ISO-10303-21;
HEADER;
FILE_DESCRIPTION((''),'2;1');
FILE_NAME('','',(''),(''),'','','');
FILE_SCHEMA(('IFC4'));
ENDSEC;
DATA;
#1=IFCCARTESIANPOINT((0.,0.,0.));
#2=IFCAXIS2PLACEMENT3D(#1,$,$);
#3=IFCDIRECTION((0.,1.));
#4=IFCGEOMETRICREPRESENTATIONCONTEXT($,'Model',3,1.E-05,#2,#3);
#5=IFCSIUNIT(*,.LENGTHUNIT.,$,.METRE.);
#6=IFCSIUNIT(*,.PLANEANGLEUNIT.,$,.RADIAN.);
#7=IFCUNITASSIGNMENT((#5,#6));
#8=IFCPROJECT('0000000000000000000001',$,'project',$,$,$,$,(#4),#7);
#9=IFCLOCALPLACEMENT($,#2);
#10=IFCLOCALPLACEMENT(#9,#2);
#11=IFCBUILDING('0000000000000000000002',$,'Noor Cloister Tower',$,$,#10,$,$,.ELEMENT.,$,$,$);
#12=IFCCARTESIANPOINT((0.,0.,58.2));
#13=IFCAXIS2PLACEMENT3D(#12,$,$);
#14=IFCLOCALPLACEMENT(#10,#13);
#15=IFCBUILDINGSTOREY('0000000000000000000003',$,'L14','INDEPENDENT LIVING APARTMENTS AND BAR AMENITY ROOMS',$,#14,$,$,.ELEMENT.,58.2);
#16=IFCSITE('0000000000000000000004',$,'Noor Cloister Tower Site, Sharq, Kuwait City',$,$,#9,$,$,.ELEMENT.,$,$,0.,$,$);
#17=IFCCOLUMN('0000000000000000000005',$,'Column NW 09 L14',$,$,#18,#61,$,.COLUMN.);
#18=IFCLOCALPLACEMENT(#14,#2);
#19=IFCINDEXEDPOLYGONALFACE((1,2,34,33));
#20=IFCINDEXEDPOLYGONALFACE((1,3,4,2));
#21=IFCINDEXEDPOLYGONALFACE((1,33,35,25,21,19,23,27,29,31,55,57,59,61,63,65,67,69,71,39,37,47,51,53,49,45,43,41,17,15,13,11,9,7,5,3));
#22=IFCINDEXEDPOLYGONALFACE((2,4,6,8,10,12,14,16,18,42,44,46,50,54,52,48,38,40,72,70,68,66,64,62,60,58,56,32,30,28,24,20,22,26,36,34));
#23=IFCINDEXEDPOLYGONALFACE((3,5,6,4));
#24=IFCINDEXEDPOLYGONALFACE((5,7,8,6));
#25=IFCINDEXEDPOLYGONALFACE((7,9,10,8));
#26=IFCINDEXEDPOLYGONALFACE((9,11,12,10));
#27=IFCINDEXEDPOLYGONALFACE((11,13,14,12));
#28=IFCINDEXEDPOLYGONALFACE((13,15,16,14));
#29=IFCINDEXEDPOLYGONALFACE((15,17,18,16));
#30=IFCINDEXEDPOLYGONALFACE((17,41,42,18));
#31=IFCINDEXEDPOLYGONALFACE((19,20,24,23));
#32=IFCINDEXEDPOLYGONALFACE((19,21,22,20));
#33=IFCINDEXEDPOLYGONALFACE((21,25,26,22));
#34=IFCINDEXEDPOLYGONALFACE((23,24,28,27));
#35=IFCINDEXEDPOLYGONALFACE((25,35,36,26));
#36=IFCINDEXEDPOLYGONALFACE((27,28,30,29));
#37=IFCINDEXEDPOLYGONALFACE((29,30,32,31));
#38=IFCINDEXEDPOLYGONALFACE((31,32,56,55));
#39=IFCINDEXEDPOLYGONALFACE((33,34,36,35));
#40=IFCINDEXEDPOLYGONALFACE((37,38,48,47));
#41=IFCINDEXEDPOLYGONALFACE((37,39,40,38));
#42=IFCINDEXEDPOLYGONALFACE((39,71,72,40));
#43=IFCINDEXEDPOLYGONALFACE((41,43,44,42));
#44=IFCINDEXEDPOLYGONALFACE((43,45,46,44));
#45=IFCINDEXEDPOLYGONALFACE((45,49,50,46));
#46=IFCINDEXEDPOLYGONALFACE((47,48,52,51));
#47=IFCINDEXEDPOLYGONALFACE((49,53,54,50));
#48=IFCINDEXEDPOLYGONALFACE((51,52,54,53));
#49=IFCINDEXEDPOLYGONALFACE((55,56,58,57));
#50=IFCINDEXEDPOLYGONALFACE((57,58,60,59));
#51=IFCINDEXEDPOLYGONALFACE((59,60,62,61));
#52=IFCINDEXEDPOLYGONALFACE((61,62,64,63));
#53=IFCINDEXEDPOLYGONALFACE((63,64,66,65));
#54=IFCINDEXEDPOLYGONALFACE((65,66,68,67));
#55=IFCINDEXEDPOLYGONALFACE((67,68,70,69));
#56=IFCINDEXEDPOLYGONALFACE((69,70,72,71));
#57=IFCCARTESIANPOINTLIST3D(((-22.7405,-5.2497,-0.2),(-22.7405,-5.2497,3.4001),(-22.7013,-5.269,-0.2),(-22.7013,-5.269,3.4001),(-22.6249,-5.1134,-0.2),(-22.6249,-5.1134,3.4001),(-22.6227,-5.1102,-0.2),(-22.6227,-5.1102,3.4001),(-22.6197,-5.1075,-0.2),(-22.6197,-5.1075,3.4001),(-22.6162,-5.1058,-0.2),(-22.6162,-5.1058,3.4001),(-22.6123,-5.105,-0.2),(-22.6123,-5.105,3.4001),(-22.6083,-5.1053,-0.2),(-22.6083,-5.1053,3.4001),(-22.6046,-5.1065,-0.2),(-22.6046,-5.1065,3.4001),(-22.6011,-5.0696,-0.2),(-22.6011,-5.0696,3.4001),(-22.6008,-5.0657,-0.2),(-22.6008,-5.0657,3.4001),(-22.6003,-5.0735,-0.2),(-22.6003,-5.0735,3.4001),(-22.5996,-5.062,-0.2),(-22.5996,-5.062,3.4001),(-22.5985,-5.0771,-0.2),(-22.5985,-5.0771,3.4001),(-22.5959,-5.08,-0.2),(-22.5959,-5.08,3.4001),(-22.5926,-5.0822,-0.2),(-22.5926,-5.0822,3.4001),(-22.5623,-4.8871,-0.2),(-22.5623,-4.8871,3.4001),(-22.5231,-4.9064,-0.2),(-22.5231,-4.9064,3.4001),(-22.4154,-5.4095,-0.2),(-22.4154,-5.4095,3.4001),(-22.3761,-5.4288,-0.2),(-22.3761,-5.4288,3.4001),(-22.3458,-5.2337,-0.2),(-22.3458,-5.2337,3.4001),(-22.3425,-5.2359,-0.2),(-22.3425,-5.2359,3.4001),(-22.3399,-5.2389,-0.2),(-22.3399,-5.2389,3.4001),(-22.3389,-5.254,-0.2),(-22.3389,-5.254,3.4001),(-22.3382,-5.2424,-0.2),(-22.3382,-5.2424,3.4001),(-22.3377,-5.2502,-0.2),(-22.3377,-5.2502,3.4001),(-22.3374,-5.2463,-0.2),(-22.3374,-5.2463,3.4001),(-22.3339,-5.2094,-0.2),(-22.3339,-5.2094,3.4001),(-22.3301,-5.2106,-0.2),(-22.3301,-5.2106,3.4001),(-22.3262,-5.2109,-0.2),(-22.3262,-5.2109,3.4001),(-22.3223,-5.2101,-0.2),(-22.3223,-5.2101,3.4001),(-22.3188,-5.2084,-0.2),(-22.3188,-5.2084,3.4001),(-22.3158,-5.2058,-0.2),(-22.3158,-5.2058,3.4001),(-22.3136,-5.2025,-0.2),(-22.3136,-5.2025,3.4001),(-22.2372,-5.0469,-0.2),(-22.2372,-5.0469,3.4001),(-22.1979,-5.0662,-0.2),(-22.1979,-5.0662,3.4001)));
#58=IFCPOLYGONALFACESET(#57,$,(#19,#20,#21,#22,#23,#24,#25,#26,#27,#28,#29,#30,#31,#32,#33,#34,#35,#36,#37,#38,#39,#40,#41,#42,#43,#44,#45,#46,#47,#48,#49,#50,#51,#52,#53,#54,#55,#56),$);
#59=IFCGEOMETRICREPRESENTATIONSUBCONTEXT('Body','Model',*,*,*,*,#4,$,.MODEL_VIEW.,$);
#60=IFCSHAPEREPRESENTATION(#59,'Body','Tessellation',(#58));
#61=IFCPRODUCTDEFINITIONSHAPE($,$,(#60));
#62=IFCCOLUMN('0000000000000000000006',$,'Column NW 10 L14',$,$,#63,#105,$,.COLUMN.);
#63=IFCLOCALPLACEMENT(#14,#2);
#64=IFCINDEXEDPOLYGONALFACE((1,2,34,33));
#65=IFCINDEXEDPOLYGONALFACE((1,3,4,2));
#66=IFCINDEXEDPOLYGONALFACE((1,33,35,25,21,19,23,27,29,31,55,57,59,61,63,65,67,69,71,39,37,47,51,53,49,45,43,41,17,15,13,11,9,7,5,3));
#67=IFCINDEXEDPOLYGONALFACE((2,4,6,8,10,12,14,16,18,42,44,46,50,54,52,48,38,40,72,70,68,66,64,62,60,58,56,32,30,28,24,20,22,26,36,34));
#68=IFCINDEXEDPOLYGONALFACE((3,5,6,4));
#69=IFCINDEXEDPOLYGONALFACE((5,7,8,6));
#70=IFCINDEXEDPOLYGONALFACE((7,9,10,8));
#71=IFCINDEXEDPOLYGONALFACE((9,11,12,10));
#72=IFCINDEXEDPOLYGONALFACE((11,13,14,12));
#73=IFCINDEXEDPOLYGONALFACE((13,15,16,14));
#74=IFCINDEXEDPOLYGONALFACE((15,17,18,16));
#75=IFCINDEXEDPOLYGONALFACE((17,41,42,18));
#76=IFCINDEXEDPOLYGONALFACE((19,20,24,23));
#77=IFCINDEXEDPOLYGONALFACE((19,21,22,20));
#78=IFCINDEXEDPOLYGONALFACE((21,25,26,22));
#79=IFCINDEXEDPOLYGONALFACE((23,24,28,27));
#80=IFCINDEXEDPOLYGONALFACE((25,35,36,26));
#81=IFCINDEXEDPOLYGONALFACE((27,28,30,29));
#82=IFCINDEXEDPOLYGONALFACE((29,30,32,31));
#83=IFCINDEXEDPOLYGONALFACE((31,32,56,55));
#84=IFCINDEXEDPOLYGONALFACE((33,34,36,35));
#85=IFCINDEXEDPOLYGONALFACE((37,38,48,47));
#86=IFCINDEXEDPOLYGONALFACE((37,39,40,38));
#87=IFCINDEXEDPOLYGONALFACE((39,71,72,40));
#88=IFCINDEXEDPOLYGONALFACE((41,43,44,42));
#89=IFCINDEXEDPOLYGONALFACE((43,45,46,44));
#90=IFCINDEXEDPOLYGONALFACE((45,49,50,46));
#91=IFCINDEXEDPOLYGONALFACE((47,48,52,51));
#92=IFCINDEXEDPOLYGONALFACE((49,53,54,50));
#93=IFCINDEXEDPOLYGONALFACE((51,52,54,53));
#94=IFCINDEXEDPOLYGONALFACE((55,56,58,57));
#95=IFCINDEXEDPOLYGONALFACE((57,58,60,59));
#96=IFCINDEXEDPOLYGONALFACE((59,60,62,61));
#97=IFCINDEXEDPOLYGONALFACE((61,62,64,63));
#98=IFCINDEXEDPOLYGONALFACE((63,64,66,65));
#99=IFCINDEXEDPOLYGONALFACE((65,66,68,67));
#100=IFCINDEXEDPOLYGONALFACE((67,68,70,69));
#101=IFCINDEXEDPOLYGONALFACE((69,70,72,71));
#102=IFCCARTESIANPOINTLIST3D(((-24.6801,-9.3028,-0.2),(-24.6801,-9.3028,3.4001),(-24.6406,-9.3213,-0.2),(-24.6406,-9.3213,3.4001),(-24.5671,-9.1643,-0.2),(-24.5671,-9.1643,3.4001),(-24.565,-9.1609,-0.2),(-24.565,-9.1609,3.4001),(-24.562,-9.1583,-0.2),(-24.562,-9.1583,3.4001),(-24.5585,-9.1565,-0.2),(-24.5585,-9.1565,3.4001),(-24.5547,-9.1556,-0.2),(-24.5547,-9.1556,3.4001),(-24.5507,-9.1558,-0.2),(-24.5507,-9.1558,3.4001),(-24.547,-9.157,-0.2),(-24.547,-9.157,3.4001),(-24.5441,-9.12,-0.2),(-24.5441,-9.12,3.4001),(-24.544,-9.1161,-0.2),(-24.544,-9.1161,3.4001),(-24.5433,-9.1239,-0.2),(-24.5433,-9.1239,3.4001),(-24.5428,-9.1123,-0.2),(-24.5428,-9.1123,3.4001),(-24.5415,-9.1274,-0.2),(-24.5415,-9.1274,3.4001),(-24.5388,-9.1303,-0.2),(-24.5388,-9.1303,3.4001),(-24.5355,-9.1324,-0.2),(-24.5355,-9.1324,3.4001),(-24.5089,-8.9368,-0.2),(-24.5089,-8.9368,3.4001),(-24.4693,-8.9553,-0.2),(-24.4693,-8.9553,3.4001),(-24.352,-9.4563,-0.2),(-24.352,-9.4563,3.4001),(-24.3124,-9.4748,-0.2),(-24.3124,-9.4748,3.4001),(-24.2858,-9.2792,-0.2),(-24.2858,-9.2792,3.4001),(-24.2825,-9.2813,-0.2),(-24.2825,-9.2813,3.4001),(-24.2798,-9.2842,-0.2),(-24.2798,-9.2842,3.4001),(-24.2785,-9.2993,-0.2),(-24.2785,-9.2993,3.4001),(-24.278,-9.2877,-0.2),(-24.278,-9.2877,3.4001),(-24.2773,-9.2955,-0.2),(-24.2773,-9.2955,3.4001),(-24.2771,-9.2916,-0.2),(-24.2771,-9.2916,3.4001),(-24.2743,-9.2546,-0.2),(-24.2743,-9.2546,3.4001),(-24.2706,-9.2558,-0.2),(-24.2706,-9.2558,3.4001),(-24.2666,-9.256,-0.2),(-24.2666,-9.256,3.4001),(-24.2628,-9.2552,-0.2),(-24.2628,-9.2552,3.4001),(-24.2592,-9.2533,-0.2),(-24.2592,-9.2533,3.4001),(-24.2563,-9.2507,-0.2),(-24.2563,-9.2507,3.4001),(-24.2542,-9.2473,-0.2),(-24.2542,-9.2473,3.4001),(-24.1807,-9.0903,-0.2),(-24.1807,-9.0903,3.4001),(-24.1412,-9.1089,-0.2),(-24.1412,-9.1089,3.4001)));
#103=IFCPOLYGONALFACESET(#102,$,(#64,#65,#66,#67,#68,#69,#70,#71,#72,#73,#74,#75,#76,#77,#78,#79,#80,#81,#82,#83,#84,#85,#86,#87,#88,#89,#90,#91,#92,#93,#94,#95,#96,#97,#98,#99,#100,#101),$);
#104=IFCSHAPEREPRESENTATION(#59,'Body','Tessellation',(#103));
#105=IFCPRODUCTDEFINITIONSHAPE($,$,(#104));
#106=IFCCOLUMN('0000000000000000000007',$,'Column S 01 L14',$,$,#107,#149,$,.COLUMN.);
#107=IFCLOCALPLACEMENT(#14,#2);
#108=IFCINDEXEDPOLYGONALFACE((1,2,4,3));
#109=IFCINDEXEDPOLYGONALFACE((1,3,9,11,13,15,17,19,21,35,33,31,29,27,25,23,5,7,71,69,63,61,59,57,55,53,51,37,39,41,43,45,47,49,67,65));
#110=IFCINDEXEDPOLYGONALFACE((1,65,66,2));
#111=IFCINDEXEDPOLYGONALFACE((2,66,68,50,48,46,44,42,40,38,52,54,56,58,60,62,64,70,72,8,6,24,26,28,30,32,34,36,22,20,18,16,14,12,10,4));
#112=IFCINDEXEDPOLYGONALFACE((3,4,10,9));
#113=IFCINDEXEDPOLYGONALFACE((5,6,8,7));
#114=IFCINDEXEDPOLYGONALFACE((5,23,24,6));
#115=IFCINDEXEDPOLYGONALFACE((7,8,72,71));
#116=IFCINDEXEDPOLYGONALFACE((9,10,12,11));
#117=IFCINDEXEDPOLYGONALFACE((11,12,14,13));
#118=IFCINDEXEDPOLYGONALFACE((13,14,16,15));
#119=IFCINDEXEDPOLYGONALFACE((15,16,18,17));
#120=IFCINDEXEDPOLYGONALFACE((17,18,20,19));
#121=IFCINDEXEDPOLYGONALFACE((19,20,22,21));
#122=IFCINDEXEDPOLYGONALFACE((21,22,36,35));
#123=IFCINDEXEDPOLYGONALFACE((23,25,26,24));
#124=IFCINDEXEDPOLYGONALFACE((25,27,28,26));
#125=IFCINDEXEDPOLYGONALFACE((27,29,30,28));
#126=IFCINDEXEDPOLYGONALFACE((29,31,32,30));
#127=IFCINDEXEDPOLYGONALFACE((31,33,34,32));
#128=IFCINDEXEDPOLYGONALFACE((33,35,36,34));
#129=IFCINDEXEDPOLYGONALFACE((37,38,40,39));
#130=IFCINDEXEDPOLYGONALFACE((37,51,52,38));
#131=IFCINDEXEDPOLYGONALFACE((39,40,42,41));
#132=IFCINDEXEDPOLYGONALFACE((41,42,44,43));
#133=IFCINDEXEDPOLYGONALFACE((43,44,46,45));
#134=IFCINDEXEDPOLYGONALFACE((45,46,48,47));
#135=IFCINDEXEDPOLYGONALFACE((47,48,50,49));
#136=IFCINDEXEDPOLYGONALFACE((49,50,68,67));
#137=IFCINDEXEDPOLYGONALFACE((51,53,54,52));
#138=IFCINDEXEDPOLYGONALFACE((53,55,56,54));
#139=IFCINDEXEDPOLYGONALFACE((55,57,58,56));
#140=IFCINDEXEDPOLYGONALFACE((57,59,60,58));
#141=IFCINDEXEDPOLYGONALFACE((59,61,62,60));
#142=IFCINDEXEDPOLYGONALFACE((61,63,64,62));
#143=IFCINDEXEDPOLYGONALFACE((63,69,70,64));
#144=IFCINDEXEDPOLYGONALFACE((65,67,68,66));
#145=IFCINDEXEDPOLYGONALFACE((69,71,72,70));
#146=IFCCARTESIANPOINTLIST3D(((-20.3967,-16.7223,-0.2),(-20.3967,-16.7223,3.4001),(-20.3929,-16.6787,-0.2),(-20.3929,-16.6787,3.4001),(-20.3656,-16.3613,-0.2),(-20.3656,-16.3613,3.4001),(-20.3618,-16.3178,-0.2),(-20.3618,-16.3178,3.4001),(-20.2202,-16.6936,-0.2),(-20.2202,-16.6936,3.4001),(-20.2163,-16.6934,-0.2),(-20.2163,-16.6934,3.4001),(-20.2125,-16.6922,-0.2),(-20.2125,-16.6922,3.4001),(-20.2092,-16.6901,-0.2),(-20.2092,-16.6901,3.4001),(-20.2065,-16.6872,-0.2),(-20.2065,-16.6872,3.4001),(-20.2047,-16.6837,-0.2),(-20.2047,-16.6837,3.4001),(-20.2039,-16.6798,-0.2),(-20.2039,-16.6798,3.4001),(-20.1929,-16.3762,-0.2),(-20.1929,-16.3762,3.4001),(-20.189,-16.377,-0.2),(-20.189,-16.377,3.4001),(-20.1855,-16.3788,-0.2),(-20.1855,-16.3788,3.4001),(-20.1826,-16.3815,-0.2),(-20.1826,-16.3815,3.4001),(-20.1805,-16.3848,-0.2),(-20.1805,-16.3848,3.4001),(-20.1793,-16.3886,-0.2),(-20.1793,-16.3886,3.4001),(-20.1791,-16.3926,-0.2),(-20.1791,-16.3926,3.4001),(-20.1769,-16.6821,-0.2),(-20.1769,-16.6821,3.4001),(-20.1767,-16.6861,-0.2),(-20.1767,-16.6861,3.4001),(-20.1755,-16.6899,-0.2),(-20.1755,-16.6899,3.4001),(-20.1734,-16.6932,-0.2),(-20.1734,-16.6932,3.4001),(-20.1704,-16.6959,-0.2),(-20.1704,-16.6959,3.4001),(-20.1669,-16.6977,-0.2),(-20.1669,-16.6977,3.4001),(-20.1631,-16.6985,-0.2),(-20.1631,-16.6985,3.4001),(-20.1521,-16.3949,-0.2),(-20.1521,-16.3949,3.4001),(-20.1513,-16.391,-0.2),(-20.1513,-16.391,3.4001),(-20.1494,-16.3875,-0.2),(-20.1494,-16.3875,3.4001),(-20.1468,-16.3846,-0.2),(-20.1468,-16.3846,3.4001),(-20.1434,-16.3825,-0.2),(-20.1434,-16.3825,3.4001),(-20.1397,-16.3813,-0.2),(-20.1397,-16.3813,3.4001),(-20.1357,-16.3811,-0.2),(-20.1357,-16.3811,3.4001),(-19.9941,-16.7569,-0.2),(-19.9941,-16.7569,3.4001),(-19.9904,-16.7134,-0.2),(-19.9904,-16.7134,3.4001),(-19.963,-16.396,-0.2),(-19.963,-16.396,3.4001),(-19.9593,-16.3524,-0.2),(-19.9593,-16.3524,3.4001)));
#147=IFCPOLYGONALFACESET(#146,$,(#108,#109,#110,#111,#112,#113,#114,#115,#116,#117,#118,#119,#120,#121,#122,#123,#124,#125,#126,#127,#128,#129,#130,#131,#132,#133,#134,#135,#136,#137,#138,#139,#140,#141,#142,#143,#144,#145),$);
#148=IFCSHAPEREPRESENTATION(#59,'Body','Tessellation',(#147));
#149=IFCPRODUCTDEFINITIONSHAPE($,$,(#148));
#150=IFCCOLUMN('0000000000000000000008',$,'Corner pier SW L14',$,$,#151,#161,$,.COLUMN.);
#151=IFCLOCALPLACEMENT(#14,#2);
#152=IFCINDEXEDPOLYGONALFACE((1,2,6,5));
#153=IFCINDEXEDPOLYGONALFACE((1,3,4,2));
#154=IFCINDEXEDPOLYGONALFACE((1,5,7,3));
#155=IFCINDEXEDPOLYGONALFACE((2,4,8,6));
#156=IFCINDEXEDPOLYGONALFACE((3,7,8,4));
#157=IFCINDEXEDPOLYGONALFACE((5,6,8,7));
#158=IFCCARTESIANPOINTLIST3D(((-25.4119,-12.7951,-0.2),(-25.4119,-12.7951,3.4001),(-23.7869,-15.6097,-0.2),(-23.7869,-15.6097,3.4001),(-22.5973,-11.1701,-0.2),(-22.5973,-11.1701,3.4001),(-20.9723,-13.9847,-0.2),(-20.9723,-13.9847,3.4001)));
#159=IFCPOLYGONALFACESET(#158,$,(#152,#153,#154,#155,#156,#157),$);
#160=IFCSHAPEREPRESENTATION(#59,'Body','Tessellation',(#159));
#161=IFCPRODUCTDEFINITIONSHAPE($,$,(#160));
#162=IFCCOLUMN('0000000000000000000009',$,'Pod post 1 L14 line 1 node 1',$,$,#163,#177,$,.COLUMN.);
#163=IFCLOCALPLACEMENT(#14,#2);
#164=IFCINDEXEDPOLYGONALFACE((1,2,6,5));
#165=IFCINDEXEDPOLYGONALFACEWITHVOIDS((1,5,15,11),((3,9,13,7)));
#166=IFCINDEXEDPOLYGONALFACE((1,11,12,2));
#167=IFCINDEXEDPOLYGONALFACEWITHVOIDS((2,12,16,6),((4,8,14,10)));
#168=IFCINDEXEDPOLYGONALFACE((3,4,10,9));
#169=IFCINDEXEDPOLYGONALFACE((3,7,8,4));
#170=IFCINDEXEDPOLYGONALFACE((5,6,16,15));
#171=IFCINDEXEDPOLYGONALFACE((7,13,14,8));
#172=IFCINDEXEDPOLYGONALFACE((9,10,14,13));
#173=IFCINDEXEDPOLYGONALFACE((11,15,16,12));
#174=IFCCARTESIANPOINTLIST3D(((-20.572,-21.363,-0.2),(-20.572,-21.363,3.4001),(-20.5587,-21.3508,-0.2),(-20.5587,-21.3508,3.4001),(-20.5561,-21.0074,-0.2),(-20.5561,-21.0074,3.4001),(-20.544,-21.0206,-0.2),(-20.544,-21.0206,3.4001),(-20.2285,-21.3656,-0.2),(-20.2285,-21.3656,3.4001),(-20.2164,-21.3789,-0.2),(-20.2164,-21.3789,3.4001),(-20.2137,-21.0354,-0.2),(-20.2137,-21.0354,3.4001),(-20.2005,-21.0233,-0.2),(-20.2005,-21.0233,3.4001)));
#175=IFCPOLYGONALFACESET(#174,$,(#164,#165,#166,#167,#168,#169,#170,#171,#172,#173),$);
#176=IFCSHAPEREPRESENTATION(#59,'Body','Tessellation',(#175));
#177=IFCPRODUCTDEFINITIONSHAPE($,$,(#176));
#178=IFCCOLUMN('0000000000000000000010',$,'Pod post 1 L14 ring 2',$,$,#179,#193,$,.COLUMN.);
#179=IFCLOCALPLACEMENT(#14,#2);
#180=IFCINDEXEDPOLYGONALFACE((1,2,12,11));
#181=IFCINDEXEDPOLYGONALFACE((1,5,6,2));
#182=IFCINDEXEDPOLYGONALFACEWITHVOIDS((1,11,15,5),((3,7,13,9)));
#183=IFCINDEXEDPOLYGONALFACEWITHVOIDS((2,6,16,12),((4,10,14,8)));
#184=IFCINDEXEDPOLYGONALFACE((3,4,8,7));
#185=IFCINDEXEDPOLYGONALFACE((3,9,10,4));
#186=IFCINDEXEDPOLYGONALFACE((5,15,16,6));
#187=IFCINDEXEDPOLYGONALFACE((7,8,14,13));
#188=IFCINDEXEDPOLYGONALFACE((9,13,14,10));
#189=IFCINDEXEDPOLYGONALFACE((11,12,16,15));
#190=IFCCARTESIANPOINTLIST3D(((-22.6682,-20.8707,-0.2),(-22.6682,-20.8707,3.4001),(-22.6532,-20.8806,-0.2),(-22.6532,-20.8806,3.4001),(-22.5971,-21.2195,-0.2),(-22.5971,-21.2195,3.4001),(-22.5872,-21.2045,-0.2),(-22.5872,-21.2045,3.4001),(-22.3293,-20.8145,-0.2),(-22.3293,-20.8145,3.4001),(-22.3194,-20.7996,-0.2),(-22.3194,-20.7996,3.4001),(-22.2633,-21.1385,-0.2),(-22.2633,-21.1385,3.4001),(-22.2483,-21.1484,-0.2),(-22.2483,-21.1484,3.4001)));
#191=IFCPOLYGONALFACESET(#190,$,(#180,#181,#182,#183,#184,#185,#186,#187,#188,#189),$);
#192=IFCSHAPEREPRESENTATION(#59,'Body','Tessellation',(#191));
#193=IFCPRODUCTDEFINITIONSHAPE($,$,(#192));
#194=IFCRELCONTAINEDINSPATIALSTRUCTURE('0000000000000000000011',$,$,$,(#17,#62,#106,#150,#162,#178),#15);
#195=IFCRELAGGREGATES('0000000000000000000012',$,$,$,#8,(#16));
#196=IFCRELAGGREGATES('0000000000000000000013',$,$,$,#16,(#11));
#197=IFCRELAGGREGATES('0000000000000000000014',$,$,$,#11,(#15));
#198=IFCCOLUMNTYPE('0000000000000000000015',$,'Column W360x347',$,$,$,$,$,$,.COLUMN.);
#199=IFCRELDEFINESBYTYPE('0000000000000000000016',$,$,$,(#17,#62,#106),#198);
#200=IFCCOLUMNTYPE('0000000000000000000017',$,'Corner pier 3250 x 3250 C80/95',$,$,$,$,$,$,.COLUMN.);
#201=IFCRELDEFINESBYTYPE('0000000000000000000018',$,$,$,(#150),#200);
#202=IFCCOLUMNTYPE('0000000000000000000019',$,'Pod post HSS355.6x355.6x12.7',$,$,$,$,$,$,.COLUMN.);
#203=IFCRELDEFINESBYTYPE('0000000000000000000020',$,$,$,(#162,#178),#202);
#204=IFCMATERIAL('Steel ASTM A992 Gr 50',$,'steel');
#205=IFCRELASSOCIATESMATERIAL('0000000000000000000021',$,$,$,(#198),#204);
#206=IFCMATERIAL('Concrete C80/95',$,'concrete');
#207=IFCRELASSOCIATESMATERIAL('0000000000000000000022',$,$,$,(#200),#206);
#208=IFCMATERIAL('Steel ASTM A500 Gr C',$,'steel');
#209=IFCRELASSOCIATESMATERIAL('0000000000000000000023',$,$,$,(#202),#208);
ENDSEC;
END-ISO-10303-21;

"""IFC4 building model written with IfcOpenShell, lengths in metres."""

from ifc_helpers import new_model, si_unit, direction, frame, origin, origin_2d, place, context, subcontext, project, spatial, rectangle, hollow_rectangle, i_section, extrude, material, material_profile, profile_set, type_object, element, save


model = new_model("IFC4")

# Units and contexts
model_context = context("Model", 3, precision=1e-05, world=origin(), true_north=direction((0.0, 1.0)))
body_context = subcontext(model_context, "Body", "Model", "MODEL_VIEW")
ifc_project = project(units=[si_unit("LENGTHUNIT", "METRE"), si_unit("PLANEANGLEUNIT", "RADIAN")], contexts=[model_context])

# Site, building, storey
site_placement = place(None, origin())
site = spatial("IfcSite", under=ifc_project, at=site_placement, Name="Noor Cloister Tower Site, Sharq, Kuwait City", CompositionType="ELEMENT", RefElevation=0.0)
building_placement = place(site_placement, origin())
building = spatial("IfcBuilding", under=site, at=building_placement, Name="Noor Cloister Tower", CompositionType="ELEMENT")
storey_placement = place(building_placement, frame((0.0, 0.0, 58.2)))
storey = spatial("IfcBuildingStorey", under=building, at=storey_placement, Name="L14", Description="INDEPENDENT LIVING APARTMENTS AND BAR AMENITY ROOMS", CompositionType="ELEMENT", Elevation=58.2)

# Columns
ifc_material_1 = material(Name="Steel ASTM A992 Gr 50", Category="steel")
ifc_material_profile_1 = material_profile(ifc_material_1, i_section(OverallWidth=0.4041, OverallDepth=0.406, WebThickness=0.0271, FlangeThickness=0.0437, FilletRadius=0.0151, at=origin_2d()), Name="W360x347")
ifc_profile_set_1 = profile_set([ifc_material_profile_1], Name="Steel ASTM A992 Gr 50")
column_type_1 = type_object("IfcColumnType", Name="Column W360x347", PredefinedType="COLUMN", material=ifc_profile_set_1)
for number, where, z_axis, x_axis, name in (
    (1, (-22.4692, -5.158, -0.2), (0.0, 0.0, 1.0), (-0.441044, -0.897485, 0.0), "Column NW 09 L14"),
    (2, (-24.4106, -9.2058, -0.2), (0.0, 0.0, 1.0), (-0.423826, -0.905744, 0.0), "Column NW 10 L14"),
    (3, (-20.178, -16.5374, -0.2), (0.0, 0.0, 1.0), (0.99631, -0.085828, 0.0), "Column S 01 L14"),
):
    element("IfcColumn", number, at=place(storey_placement, frame(where, z_axis=z_axis, x_axis=x_axis)), inside=storey, type_object=column_type_1, Name=name, PredefinedType="COLUMN", context=body_context, shape_type="SweptSolid", body=[
        extrude(i_section(OverallWidth=0.4041, OverallDepth=0.406, WebThickness=0.0271, FlangeThickness=0.0437, FilletRadius=0.0151, at=origin_2d()), origin(), (0.0, 0.0, 1.0), 3.6001),
    ])
ifc_material_2 = material(Name="Concrete C80/95", Category="concrete")
ifc_material_profile_2 = material_profile(ifc_material_2, rectangle(XDim=3.25, YDim=3.25, at=origin_2d()), Name="RC 3250x3250")
ifc_profile_set_2 = profile_set([ifc_material_profile_2], Name="Concrete C80/95")
column_type_2 = type_object("IfcColumnType", Name="Corner pier 3250 x 3250 C80/95", PredefinedType="COLUMN", material=ifc_profile_set_2)
column_placement = place(storey_placement, frame((-23.1921, -13.3899, -0.2), z_axis=(0.0, 0.0, 1.0), x_axis=(-0.866025, -0.5, 0.0)))
element("IfcColumn", 4, at=column_placement, inside=storey, type_object=column_type_2, Name="Corner pier SW L14", PredefinedType="COLUMN", context=body_context, shape_type="SweptSolid", body=[
    extrude(rectangle(XDim=3.25, YDim=3.25, at=origin_2d()), origin(), (0.0, 0.0, 1.0), 3.6001),
])
ifc_material_3 = material(Name="Steel ASTM A500 Gr C", Category="steel")
ifc_material_profile_3 = material_profile(ifc_material_3, hollow_rectangle(XDim=0.356, YDim=0.356, WallThickness=0.0127, at=origin_2d()), Name="HSS355.6x355.6x12.7")
ifc_profile_set_3 = profile_set([ifc_material_profile_3], Name="Steel ASTM A500 Gr C")
column_type_3 = type_object("IfcColumnType", Name="Pod post HSS355.6x355.6x12.7", PredefinedType="COLUMN", material=ifc_profile_set_3)
for number, where, z_axis, x_axis, name in (
    (5, (-20.3862, -21.1931, -0.2), (0.0, 0.0, 1.0), (-0.044724, -0.998999, 0.0), "Pod post 1 L14 line 1 node 1"),
    (6, (-22.4583, -21.0095, -0.2), (0.0, 0.0, 1.0), (0.199785, -0.97984, 0.0), "Pod post 1 L14 ring 2"),
):
    element("IfcColumn", number, at=place(storey_placement, frame(where, z_axis=z_axis, x_axis=x_axis)), inside=storey, type_object=column_type_3, Name=name, PredefinedType="COLUMN", context=body_context, shape_type="SweptSolid", body=[
        extrude(hollow_rectangle(XDim=0.356, YDim=0.356, WallThickness=0.0127, at=origin_2d()), origin(), (0.0, 0.0, 1.0), 3.6001),
    ])

save(model, "model.ifc")
